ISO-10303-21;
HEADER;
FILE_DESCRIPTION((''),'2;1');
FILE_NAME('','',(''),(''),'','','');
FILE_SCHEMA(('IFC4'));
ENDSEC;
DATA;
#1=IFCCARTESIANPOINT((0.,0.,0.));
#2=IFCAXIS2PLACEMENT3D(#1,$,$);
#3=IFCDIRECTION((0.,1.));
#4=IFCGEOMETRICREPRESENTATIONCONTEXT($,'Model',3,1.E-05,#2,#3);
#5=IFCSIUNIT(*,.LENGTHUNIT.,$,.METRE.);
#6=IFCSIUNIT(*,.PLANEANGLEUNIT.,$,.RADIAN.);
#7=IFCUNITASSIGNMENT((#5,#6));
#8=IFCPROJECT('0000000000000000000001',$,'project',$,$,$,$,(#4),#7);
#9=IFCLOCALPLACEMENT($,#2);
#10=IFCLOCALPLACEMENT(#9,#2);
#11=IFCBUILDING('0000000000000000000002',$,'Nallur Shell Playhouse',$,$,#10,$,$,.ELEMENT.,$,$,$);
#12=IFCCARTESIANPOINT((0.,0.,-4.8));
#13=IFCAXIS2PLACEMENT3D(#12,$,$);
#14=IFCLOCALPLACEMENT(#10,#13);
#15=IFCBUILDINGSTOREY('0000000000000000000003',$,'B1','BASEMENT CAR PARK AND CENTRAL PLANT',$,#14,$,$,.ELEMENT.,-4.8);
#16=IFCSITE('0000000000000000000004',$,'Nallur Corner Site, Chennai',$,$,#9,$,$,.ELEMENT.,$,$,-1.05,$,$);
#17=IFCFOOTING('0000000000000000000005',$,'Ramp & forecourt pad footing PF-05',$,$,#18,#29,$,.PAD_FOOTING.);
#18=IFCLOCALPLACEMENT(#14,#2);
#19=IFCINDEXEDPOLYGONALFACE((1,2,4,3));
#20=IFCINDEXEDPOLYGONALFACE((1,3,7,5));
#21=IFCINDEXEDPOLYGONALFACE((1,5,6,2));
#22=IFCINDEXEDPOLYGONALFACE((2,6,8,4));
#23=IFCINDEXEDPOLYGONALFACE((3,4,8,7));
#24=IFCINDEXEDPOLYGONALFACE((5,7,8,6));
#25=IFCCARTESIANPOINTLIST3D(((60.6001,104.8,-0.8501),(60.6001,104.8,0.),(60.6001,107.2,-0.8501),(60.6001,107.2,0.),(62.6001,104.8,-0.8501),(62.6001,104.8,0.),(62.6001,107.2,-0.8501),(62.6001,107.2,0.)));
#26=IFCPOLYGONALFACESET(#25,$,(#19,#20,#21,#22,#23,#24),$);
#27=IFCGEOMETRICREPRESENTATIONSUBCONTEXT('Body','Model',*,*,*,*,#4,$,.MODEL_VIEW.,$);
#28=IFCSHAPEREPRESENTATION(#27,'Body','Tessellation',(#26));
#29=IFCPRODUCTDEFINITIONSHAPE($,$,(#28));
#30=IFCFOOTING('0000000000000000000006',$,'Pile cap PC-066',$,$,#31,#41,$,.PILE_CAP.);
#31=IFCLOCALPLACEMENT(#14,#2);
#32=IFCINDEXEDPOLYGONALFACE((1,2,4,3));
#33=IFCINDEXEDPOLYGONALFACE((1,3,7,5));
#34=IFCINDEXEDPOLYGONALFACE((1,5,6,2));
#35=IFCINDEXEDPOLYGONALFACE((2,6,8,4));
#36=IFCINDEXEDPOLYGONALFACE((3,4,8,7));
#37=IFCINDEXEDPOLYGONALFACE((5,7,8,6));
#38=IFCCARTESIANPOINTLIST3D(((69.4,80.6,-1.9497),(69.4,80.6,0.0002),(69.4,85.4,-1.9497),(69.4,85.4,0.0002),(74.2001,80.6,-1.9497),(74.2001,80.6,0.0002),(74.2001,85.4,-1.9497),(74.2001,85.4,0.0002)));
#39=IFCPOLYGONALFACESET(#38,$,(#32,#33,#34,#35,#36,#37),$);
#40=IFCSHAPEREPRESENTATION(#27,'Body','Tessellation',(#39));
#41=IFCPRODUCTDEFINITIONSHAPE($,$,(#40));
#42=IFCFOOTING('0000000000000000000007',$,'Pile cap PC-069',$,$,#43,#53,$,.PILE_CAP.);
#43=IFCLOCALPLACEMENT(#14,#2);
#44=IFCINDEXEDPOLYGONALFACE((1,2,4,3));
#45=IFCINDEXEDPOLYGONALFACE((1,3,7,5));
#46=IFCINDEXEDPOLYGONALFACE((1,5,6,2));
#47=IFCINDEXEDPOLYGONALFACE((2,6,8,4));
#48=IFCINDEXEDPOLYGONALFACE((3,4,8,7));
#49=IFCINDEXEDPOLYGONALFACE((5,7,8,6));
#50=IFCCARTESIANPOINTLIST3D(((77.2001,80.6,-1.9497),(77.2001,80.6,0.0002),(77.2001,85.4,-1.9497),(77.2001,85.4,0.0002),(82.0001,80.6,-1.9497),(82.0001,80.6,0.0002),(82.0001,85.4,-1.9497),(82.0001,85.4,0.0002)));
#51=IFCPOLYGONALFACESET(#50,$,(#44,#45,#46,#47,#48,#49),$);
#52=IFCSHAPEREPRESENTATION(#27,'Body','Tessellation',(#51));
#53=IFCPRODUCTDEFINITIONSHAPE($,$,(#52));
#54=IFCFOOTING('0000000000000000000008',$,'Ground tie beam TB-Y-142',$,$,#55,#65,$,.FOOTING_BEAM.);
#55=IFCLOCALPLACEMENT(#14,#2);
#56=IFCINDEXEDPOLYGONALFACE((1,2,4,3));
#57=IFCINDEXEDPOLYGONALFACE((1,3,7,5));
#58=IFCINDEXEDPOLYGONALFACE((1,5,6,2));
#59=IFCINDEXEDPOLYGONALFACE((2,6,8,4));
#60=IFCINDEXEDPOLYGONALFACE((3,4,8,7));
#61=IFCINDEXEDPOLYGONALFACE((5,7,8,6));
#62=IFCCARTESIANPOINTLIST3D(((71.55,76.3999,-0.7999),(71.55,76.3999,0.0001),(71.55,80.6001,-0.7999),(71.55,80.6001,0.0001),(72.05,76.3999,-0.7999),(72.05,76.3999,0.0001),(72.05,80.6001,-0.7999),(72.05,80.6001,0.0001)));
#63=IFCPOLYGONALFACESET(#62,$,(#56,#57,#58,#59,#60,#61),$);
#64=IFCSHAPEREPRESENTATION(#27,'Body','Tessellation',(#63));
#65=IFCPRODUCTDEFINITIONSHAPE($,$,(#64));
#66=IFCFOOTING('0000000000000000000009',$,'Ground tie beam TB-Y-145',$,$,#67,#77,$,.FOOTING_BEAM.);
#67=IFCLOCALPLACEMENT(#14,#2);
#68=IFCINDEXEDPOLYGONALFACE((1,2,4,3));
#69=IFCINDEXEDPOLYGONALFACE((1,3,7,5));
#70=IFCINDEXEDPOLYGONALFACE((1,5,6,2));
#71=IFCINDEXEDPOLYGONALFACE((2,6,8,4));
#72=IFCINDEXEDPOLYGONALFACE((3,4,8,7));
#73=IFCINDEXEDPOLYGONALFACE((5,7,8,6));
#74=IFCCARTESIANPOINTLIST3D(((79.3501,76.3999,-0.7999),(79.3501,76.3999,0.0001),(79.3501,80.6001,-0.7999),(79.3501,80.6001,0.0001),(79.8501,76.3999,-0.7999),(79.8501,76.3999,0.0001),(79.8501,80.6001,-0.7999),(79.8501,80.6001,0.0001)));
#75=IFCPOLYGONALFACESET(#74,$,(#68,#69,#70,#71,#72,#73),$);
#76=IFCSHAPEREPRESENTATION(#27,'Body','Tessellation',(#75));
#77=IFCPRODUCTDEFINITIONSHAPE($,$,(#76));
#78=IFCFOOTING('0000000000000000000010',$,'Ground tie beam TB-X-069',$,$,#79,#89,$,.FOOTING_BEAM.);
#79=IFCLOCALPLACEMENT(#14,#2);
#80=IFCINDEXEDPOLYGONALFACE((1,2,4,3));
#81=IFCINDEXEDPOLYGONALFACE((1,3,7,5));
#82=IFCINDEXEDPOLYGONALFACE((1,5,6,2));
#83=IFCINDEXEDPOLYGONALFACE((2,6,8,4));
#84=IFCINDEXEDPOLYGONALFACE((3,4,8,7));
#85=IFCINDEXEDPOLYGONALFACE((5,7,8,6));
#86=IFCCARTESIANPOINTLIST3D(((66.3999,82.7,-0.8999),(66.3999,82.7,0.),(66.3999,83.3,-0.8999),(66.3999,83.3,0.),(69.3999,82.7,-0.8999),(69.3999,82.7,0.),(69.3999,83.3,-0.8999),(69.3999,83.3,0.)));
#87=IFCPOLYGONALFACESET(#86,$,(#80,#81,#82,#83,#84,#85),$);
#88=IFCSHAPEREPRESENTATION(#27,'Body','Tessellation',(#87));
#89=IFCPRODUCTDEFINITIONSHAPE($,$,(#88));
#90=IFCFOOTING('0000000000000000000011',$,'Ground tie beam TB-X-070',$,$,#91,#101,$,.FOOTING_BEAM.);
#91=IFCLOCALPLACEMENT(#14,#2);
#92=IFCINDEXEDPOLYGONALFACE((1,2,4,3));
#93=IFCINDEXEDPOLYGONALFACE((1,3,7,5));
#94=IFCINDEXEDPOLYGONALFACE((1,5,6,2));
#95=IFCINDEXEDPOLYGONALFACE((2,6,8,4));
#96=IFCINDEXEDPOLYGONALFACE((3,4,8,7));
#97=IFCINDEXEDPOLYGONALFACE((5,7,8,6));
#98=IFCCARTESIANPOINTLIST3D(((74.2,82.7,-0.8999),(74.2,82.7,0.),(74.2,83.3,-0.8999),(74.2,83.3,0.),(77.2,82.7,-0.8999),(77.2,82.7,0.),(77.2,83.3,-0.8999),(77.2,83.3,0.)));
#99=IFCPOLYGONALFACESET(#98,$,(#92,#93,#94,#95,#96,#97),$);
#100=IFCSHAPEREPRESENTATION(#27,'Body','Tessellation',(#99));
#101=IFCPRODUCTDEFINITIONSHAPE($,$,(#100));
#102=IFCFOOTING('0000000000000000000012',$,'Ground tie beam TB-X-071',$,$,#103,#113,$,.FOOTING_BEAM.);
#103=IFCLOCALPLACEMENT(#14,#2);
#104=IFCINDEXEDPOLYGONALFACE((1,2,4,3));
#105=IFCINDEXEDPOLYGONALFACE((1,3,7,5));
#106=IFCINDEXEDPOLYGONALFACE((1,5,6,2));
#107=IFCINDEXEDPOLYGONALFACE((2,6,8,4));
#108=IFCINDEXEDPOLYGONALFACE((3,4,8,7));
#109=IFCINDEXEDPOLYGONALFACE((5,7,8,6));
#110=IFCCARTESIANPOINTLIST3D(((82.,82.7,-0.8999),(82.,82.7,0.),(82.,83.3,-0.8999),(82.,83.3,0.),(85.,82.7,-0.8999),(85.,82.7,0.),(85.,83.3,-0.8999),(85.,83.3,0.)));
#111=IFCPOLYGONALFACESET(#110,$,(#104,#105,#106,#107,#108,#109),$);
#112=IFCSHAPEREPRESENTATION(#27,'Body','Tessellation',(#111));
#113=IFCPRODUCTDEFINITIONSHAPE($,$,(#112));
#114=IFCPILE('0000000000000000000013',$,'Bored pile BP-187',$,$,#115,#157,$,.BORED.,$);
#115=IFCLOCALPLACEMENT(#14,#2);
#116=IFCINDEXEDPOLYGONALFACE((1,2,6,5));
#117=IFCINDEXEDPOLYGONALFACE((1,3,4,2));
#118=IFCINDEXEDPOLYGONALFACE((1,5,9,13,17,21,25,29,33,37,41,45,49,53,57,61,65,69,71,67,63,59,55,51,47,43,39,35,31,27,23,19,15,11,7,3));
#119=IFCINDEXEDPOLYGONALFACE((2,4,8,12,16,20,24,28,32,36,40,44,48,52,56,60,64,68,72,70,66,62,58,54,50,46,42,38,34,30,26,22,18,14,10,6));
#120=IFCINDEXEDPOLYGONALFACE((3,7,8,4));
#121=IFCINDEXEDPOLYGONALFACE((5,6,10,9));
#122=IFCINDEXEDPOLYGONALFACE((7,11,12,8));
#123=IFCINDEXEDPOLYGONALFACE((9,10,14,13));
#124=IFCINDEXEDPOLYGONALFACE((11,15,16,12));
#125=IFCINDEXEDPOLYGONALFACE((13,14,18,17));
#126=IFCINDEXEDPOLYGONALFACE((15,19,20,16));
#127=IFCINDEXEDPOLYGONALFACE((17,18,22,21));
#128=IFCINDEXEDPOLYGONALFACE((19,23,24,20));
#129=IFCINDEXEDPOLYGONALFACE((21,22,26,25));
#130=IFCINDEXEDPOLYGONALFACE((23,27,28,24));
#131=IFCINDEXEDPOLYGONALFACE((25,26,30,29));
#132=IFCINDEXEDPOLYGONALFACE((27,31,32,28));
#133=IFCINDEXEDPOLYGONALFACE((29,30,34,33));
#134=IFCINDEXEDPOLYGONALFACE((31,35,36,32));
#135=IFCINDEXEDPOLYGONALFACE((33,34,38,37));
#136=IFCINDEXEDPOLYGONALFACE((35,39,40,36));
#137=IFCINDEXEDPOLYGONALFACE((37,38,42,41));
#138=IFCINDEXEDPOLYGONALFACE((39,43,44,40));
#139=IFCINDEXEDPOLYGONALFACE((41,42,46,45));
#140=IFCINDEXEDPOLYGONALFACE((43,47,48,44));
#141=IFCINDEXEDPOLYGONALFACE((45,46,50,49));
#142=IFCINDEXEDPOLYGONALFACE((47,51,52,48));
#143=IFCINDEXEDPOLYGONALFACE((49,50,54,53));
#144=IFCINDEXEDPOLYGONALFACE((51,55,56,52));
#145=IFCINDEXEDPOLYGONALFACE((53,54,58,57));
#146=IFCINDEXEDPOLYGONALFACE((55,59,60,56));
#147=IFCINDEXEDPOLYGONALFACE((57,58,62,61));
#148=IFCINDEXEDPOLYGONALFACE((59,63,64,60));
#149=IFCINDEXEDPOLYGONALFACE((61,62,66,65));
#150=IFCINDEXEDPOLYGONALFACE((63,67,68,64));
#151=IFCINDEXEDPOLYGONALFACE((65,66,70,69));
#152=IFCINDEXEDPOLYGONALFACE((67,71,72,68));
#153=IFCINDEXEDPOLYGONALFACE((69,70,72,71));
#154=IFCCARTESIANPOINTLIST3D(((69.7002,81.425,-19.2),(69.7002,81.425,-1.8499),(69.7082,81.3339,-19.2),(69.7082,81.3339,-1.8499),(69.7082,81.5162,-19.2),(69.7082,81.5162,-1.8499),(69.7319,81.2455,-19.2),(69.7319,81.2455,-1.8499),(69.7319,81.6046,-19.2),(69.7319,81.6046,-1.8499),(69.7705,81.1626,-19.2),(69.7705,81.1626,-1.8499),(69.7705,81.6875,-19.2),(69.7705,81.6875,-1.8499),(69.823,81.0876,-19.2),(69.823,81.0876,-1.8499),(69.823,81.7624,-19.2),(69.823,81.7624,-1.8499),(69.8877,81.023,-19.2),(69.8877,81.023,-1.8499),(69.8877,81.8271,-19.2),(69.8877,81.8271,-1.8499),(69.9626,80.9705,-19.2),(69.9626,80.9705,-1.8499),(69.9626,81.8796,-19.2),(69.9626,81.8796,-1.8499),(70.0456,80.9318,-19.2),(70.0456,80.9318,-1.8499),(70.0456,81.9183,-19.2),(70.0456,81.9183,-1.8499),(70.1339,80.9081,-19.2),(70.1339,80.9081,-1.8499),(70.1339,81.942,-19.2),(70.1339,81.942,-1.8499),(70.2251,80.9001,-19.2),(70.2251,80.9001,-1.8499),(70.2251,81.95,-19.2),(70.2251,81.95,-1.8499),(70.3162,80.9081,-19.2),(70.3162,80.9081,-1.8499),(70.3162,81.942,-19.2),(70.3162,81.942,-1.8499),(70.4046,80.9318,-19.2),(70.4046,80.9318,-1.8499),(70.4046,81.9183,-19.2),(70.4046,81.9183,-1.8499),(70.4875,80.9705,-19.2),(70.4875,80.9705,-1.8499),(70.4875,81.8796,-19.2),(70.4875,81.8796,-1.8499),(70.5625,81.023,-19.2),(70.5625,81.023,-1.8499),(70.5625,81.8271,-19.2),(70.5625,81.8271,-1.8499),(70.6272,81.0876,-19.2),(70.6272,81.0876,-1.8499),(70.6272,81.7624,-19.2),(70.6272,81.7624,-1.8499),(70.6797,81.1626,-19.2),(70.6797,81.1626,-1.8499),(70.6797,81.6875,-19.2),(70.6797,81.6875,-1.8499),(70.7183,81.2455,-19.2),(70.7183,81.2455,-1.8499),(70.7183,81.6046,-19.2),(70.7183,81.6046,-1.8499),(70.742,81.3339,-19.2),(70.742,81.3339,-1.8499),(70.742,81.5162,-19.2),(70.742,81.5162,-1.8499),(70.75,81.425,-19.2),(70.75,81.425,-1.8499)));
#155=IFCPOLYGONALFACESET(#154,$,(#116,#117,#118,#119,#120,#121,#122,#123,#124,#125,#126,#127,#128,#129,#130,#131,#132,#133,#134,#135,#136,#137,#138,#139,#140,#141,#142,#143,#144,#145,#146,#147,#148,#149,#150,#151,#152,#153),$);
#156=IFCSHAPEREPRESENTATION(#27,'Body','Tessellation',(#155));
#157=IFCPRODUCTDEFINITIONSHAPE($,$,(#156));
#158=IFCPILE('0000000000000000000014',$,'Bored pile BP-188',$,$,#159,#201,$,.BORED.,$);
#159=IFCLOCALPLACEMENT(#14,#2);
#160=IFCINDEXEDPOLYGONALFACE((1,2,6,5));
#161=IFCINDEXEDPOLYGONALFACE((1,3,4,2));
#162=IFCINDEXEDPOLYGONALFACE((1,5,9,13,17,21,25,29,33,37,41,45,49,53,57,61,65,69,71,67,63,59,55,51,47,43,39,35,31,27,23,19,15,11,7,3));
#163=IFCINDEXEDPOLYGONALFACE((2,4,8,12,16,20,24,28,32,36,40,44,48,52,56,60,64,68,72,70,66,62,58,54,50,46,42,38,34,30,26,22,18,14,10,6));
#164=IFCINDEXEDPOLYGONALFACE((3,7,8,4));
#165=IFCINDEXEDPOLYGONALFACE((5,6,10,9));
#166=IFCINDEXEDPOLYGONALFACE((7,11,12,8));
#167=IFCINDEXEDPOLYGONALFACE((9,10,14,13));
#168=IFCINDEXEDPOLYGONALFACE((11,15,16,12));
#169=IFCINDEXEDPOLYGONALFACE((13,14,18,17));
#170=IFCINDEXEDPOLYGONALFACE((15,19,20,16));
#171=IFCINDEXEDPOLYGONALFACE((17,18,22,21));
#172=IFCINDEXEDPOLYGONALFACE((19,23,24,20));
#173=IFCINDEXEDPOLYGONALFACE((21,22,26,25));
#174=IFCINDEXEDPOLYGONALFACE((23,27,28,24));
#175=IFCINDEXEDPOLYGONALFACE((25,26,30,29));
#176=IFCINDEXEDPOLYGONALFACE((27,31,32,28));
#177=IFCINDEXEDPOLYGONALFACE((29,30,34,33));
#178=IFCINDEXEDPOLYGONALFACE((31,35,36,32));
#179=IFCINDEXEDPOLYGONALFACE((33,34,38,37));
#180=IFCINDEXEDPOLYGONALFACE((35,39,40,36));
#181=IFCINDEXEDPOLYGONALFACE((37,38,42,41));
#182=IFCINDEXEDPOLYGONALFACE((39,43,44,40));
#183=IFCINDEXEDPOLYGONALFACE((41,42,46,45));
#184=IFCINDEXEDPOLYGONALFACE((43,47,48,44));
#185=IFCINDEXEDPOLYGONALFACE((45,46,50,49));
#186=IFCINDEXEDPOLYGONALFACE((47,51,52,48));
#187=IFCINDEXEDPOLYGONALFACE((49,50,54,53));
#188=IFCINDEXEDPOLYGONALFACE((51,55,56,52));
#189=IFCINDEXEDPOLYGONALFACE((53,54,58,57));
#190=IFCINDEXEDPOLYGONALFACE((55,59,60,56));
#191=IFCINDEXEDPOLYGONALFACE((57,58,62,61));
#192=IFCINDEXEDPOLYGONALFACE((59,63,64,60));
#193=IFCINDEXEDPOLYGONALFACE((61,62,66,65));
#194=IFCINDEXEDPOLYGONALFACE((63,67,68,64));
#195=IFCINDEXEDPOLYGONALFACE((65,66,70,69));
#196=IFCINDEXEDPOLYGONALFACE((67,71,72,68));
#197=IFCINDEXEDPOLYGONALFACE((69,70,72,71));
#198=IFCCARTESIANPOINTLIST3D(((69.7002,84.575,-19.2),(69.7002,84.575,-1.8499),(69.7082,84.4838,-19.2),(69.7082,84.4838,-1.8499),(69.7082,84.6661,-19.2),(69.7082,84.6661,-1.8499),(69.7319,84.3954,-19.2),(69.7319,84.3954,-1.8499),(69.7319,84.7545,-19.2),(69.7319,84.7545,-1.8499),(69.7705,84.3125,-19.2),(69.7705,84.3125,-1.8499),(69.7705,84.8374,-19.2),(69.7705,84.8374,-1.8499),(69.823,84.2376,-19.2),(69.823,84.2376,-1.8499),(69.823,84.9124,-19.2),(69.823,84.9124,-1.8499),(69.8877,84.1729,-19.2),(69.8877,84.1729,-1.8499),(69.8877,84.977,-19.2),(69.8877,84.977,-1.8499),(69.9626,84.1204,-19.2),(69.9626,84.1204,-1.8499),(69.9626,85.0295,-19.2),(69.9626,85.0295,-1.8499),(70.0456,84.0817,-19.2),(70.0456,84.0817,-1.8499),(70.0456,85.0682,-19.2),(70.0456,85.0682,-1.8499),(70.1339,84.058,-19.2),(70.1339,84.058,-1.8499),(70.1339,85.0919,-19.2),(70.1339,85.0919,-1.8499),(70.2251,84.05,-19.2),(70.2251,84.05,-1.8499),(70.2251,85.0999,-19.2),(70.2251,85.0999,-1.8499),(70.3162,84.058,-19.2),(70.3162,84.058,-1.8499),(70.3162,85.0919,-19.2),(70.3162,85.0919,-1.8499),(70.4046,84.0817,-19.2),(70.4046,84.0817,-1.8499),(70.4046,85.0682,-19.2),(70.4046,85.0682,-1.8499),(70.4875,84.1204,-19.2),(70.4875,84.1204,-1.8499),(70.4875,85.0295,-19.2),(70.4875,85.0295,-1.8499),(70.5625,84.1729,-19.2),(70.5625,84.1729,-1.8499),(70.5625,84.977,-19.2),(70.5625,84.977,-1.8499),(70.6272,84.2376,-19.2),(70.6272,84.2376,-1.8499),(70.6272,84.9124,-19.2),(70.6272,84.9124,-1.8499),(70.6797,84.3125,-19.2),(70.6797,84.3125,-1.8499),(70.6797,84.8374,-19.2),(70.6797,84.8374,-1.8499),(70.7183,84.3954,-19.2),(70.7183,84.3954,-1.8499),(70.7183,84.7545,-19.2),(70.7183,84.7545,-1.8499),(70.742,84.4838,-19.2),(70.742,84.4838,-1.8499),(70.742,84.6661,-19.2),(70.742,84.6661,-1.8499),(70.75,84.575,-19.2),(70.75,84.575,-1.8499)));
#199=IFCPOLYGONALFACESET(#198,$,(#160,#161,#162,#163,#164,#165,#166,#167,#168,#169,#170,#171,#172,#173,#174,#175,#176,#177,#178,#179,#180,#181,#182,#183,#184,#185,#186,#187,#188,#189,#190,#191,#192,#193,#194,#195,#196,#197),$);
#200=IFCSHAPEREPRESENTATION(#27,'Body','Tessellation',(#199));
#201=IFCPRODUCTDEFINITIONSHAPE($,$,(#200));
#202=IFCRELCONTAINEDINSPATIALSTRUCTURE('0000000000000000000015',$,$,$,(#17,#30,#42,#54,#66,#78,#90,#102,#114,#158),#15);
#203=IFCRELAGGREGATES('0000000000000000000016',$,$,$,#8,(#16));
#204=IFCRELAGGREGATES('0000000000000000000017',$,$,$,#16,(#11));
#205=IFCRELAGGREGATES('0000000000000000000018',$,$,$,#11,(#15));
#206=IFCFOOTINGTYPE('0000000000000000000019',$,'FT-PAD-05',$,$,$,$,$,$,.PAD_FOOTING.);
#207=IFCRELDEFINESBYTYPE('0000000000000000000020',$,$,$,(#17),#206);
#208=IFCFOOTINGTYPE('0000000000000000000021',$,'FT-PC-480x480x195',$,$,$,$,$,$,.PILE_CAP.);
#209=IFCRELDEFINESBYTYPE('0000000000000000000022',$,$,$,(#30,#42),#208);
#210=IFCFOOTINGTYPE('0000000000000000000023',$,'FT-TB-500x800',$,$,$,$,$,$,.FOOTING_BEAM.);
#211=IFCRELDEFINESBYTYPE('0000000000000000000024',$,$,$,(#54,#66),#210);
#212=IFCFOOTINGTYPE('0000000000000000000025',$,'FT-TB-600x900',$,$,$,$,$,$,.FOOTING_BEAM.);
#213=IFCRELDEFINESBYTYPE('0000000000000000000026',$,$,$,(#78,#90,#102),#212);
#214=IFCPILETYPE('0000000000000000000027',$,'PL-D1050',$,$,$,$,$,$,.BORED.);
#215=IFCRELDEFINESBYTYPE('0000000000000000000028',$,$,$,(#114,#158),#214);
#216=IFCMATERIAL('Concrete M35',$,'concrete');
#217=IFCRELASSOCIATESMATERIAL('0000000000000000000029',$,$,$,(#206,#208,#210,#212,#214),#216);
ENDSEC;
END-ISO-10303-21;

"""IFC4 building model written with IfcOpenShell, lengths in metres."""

from ifc_helpers import new_model, si_unit, direction, frame, origin, origin_2d, place, context, subcontext, project, spatial, rectangle, circle, extrude, material, material_profile, profile_set, type_object, element, save


model = new_model("IFC4")

# Units and contexts
model_context = context("Model", 3, precision=1e-05, world=origin(), true_north=direction((0.0, 1.0)))
body_context = subcontext(model_context, "Body", "Model", "MODEL_VIEW")
ifc_project = project(units=[si_unit("LENGTHUNIT", "METRE"), si_unit("PLANEANGLEUNIT", "RADIAN")], contexts=[model_context])

# Site, building, storey
site_placement = place(None, origin())
site = spatial("IfcSite", under=ifc_project, at=site_placement, Name="Nallur Corner Site, Chennai", CompositionType="ELEMENT", RefElevation=-1.05)
building_placement = place(site_placement, origin())
building = spatial("IfcBuilding", under=site, at=building_placement, Name="Nallur Shell Playhouse", CompositionType="ELEMENT")
storey_placement = place(building_placement, frame((0.0, 0.0, -4.8)))
storey = spatial("IfcBuildingStorey", under=building, at=storey_placement, Name="B1", Description="BASEMENT CAR PARK AND CENTRAL PLANT", CompositionType="ELEMENT", Elevation=-4.8)

# Footings
ifc_material_1 = material(Name="Concrete M35", Category="concrete")
footing_type_1 = type_object("IfcFootingType", Name="FT-PAD-05", PredefinedType="PAD_FOOTING", material=ifc_material_1)
footing_placement = place(storey_placement, frame((61.6001, 106.0, -0.8501), z_axis=(0.0, 0.0, 1.0), x_axis=(1.0, 0.0, 0.0)))
element("IfcFooting", 1, at=footing_placement, inside=storey, type_object=footing_type_1, Name="Ramp & forecourt pad footing PF-05", PredefinedType="PAD_FOOTING", context=body_context, shape_type="SweptSolid", body=[
    extrude(rectangle(XDim=2.0, YDim=2.3999, at=origin_2d()), origin(), (0.0, 0.0, 1.0), 0.8501),
])
footing_type_2 = type_object("IfcFootingType", Name="FT-PC-480x480x195", PredefinedType="PILE_CAP", material=ifc_material_1)
for number, where, z_axis, x_axis, name in (
    (2, (71.8, 83.0, -1.9497), (0.0, 0.0, 1.0), (1.0, 0.0, 0.0), "Pile cap PC-066"),
    (3, (79.6001, 83.0, -1.9497), (0.0, 0.0, 1.0), (1.0, 0.0, 0.0), "Pile cap PC-069"),
):
    element("IfcFooting", number, at=place(storey_placement, frame(where, z_axis=z_axis, x_axis=x_axis)), inside=storey, type_object=footing_type_2, Name=name, PredefinedType="PILE_CAP", context=body_context, shape_type="SweptSolid", body=[
        extrude(rectangle(XDim=4.8, YDim=4.8, at=origin_2d()), origin(), (0.0, 0.0, 1.0), 1.95),
    ])
ifc_material_profile_1 = material_profile(ifc_material_1, rectangle(XDim=0.5, YDim=0.8, at=origin_2d()), Name="RC 500x800")
ifc_profile_set_1 = profile_set([ifc_material_profile_1], Name="Concrete M35")
footing_type_3 = type_object("IfcFootingType", Name="FT-TB-500x800", PredefinedType="FOOTING_BEAM", material=ifc_profile_set_1)
for number, where, z_axis, x_axis, name in (
    (4, (71.8, 76.3999, -0.3999), (0.0, 1.0, 0.0), (-1.0, 0.0, 0.0), "Ground tie beam TB-Y-142"),
    (5, (79.6001, 76.3999, -0.3999), (0.0, 1.0, 0.0), (-1.0, 0.0, 0.0), "Ground tie beam TB-Y-145"),
):
    element("IfcFooting", number, at=place(storey_placement, frame(where, z_axis=z_axis, x_axis=x_axis)), inside=storey, type_object=footing_type_3, Name=name, PredefinedType="FOOTING_BEAM", context=body_context, shape_type="SweptSolid", body=[
        extrude(rectangle(XDim=0.5, YDim=0.8, at=origin_2d()), origin(), (0.0, 0.0, 1.0), 4.2002),
    ])
ifc_material_profile_2 = material_profile(ifc_material_1, rectangle(XDim=0.6001, YDim=0.8999, at=origin_2d()), Name="RC 600x900")
ifc_profile_set_2 = profile_set([ifc_material_profile_2], Name="Concrete M35")
footing_type_4 = type_object("IfcFootingType", Name="FT-TB-600x900", PredefinedType="FOOTING_BEAM", material=ifc_profile_set_2)
for number, where, z_axis, x_axis, name in (
    (6, (66.3999, 83.0, -0.45), (1.0, 0.0, 0.0), (0.0, 1.0, 0.0), "Ground tie beam TB-X-069"),
    (7, (74.2, 83.0, -0.45), (1.0, 0.0, 0.0), (0.0, 1.0, 0.0), "Ground tie beam TB-X-070"),
    (8, (82.0, 83.0, -0.45), (1.0, 0.0, 0.0), (0.0, 1.0, 0.0), "Ground tie beam TB-X-071"),
):
    element("IfcFooting", number, at=place(storey_placement, frame(where, z_axis=z_axis, x_axis=x_axis)), inside=storey, type_object=footing_type_4, Name=name, PredefinedType="FOOTING_BEAM", context=body_context, shape_type="SweptSolid", body=[
        extrude(rectangle(XDim=0.6001, YDim=0.8999, at=origin_2d()), origin(), (0.0, 0.0, 1.0), 3.0),
    ])

# Piles
ifc_material_profile_3 = material_profile(ifc_material_1, circle(Radius=0.5249, at=origin_2d()), Name="BORED PILE D1050")
ifc_profile_set_3 = profile_set([ifc_material_profile_3], Name="Concrete M35")
pile_type = type_object("IfcPileType", Name="PL-D1050", PredefinedType="BORED", material=ifc_profile_set_3)
for number, where, z_axis, x_axis, name in (
    (9, (70.2251, 81.425, -1.8499), (0.0, 0.0, -1.0), (1.0, 0.0, 0.0), "Bored pile BP-187"),
    (10, (70.2251, 84.575, -1.8499), (0.0, 0.0, -1.0), (1.0, 0.0, 0.0), "Bored pile BP-188"),
):
    element("IfcPile", number, at=place(storey_placement, frame(where, z_axis=z_axis, x_axis=x_axis)), inside=storey, type_object=pile_type, Name=name, PredefinedType="BORED", context=body_context, shape_type="SweptSolid", body=[
        extrude(circle(Radius=0.5249, at=origin_2d()), origin(), (0.0, 0.0, 1.0), 17.3501),
    ])

save(model, "model.ifc")
